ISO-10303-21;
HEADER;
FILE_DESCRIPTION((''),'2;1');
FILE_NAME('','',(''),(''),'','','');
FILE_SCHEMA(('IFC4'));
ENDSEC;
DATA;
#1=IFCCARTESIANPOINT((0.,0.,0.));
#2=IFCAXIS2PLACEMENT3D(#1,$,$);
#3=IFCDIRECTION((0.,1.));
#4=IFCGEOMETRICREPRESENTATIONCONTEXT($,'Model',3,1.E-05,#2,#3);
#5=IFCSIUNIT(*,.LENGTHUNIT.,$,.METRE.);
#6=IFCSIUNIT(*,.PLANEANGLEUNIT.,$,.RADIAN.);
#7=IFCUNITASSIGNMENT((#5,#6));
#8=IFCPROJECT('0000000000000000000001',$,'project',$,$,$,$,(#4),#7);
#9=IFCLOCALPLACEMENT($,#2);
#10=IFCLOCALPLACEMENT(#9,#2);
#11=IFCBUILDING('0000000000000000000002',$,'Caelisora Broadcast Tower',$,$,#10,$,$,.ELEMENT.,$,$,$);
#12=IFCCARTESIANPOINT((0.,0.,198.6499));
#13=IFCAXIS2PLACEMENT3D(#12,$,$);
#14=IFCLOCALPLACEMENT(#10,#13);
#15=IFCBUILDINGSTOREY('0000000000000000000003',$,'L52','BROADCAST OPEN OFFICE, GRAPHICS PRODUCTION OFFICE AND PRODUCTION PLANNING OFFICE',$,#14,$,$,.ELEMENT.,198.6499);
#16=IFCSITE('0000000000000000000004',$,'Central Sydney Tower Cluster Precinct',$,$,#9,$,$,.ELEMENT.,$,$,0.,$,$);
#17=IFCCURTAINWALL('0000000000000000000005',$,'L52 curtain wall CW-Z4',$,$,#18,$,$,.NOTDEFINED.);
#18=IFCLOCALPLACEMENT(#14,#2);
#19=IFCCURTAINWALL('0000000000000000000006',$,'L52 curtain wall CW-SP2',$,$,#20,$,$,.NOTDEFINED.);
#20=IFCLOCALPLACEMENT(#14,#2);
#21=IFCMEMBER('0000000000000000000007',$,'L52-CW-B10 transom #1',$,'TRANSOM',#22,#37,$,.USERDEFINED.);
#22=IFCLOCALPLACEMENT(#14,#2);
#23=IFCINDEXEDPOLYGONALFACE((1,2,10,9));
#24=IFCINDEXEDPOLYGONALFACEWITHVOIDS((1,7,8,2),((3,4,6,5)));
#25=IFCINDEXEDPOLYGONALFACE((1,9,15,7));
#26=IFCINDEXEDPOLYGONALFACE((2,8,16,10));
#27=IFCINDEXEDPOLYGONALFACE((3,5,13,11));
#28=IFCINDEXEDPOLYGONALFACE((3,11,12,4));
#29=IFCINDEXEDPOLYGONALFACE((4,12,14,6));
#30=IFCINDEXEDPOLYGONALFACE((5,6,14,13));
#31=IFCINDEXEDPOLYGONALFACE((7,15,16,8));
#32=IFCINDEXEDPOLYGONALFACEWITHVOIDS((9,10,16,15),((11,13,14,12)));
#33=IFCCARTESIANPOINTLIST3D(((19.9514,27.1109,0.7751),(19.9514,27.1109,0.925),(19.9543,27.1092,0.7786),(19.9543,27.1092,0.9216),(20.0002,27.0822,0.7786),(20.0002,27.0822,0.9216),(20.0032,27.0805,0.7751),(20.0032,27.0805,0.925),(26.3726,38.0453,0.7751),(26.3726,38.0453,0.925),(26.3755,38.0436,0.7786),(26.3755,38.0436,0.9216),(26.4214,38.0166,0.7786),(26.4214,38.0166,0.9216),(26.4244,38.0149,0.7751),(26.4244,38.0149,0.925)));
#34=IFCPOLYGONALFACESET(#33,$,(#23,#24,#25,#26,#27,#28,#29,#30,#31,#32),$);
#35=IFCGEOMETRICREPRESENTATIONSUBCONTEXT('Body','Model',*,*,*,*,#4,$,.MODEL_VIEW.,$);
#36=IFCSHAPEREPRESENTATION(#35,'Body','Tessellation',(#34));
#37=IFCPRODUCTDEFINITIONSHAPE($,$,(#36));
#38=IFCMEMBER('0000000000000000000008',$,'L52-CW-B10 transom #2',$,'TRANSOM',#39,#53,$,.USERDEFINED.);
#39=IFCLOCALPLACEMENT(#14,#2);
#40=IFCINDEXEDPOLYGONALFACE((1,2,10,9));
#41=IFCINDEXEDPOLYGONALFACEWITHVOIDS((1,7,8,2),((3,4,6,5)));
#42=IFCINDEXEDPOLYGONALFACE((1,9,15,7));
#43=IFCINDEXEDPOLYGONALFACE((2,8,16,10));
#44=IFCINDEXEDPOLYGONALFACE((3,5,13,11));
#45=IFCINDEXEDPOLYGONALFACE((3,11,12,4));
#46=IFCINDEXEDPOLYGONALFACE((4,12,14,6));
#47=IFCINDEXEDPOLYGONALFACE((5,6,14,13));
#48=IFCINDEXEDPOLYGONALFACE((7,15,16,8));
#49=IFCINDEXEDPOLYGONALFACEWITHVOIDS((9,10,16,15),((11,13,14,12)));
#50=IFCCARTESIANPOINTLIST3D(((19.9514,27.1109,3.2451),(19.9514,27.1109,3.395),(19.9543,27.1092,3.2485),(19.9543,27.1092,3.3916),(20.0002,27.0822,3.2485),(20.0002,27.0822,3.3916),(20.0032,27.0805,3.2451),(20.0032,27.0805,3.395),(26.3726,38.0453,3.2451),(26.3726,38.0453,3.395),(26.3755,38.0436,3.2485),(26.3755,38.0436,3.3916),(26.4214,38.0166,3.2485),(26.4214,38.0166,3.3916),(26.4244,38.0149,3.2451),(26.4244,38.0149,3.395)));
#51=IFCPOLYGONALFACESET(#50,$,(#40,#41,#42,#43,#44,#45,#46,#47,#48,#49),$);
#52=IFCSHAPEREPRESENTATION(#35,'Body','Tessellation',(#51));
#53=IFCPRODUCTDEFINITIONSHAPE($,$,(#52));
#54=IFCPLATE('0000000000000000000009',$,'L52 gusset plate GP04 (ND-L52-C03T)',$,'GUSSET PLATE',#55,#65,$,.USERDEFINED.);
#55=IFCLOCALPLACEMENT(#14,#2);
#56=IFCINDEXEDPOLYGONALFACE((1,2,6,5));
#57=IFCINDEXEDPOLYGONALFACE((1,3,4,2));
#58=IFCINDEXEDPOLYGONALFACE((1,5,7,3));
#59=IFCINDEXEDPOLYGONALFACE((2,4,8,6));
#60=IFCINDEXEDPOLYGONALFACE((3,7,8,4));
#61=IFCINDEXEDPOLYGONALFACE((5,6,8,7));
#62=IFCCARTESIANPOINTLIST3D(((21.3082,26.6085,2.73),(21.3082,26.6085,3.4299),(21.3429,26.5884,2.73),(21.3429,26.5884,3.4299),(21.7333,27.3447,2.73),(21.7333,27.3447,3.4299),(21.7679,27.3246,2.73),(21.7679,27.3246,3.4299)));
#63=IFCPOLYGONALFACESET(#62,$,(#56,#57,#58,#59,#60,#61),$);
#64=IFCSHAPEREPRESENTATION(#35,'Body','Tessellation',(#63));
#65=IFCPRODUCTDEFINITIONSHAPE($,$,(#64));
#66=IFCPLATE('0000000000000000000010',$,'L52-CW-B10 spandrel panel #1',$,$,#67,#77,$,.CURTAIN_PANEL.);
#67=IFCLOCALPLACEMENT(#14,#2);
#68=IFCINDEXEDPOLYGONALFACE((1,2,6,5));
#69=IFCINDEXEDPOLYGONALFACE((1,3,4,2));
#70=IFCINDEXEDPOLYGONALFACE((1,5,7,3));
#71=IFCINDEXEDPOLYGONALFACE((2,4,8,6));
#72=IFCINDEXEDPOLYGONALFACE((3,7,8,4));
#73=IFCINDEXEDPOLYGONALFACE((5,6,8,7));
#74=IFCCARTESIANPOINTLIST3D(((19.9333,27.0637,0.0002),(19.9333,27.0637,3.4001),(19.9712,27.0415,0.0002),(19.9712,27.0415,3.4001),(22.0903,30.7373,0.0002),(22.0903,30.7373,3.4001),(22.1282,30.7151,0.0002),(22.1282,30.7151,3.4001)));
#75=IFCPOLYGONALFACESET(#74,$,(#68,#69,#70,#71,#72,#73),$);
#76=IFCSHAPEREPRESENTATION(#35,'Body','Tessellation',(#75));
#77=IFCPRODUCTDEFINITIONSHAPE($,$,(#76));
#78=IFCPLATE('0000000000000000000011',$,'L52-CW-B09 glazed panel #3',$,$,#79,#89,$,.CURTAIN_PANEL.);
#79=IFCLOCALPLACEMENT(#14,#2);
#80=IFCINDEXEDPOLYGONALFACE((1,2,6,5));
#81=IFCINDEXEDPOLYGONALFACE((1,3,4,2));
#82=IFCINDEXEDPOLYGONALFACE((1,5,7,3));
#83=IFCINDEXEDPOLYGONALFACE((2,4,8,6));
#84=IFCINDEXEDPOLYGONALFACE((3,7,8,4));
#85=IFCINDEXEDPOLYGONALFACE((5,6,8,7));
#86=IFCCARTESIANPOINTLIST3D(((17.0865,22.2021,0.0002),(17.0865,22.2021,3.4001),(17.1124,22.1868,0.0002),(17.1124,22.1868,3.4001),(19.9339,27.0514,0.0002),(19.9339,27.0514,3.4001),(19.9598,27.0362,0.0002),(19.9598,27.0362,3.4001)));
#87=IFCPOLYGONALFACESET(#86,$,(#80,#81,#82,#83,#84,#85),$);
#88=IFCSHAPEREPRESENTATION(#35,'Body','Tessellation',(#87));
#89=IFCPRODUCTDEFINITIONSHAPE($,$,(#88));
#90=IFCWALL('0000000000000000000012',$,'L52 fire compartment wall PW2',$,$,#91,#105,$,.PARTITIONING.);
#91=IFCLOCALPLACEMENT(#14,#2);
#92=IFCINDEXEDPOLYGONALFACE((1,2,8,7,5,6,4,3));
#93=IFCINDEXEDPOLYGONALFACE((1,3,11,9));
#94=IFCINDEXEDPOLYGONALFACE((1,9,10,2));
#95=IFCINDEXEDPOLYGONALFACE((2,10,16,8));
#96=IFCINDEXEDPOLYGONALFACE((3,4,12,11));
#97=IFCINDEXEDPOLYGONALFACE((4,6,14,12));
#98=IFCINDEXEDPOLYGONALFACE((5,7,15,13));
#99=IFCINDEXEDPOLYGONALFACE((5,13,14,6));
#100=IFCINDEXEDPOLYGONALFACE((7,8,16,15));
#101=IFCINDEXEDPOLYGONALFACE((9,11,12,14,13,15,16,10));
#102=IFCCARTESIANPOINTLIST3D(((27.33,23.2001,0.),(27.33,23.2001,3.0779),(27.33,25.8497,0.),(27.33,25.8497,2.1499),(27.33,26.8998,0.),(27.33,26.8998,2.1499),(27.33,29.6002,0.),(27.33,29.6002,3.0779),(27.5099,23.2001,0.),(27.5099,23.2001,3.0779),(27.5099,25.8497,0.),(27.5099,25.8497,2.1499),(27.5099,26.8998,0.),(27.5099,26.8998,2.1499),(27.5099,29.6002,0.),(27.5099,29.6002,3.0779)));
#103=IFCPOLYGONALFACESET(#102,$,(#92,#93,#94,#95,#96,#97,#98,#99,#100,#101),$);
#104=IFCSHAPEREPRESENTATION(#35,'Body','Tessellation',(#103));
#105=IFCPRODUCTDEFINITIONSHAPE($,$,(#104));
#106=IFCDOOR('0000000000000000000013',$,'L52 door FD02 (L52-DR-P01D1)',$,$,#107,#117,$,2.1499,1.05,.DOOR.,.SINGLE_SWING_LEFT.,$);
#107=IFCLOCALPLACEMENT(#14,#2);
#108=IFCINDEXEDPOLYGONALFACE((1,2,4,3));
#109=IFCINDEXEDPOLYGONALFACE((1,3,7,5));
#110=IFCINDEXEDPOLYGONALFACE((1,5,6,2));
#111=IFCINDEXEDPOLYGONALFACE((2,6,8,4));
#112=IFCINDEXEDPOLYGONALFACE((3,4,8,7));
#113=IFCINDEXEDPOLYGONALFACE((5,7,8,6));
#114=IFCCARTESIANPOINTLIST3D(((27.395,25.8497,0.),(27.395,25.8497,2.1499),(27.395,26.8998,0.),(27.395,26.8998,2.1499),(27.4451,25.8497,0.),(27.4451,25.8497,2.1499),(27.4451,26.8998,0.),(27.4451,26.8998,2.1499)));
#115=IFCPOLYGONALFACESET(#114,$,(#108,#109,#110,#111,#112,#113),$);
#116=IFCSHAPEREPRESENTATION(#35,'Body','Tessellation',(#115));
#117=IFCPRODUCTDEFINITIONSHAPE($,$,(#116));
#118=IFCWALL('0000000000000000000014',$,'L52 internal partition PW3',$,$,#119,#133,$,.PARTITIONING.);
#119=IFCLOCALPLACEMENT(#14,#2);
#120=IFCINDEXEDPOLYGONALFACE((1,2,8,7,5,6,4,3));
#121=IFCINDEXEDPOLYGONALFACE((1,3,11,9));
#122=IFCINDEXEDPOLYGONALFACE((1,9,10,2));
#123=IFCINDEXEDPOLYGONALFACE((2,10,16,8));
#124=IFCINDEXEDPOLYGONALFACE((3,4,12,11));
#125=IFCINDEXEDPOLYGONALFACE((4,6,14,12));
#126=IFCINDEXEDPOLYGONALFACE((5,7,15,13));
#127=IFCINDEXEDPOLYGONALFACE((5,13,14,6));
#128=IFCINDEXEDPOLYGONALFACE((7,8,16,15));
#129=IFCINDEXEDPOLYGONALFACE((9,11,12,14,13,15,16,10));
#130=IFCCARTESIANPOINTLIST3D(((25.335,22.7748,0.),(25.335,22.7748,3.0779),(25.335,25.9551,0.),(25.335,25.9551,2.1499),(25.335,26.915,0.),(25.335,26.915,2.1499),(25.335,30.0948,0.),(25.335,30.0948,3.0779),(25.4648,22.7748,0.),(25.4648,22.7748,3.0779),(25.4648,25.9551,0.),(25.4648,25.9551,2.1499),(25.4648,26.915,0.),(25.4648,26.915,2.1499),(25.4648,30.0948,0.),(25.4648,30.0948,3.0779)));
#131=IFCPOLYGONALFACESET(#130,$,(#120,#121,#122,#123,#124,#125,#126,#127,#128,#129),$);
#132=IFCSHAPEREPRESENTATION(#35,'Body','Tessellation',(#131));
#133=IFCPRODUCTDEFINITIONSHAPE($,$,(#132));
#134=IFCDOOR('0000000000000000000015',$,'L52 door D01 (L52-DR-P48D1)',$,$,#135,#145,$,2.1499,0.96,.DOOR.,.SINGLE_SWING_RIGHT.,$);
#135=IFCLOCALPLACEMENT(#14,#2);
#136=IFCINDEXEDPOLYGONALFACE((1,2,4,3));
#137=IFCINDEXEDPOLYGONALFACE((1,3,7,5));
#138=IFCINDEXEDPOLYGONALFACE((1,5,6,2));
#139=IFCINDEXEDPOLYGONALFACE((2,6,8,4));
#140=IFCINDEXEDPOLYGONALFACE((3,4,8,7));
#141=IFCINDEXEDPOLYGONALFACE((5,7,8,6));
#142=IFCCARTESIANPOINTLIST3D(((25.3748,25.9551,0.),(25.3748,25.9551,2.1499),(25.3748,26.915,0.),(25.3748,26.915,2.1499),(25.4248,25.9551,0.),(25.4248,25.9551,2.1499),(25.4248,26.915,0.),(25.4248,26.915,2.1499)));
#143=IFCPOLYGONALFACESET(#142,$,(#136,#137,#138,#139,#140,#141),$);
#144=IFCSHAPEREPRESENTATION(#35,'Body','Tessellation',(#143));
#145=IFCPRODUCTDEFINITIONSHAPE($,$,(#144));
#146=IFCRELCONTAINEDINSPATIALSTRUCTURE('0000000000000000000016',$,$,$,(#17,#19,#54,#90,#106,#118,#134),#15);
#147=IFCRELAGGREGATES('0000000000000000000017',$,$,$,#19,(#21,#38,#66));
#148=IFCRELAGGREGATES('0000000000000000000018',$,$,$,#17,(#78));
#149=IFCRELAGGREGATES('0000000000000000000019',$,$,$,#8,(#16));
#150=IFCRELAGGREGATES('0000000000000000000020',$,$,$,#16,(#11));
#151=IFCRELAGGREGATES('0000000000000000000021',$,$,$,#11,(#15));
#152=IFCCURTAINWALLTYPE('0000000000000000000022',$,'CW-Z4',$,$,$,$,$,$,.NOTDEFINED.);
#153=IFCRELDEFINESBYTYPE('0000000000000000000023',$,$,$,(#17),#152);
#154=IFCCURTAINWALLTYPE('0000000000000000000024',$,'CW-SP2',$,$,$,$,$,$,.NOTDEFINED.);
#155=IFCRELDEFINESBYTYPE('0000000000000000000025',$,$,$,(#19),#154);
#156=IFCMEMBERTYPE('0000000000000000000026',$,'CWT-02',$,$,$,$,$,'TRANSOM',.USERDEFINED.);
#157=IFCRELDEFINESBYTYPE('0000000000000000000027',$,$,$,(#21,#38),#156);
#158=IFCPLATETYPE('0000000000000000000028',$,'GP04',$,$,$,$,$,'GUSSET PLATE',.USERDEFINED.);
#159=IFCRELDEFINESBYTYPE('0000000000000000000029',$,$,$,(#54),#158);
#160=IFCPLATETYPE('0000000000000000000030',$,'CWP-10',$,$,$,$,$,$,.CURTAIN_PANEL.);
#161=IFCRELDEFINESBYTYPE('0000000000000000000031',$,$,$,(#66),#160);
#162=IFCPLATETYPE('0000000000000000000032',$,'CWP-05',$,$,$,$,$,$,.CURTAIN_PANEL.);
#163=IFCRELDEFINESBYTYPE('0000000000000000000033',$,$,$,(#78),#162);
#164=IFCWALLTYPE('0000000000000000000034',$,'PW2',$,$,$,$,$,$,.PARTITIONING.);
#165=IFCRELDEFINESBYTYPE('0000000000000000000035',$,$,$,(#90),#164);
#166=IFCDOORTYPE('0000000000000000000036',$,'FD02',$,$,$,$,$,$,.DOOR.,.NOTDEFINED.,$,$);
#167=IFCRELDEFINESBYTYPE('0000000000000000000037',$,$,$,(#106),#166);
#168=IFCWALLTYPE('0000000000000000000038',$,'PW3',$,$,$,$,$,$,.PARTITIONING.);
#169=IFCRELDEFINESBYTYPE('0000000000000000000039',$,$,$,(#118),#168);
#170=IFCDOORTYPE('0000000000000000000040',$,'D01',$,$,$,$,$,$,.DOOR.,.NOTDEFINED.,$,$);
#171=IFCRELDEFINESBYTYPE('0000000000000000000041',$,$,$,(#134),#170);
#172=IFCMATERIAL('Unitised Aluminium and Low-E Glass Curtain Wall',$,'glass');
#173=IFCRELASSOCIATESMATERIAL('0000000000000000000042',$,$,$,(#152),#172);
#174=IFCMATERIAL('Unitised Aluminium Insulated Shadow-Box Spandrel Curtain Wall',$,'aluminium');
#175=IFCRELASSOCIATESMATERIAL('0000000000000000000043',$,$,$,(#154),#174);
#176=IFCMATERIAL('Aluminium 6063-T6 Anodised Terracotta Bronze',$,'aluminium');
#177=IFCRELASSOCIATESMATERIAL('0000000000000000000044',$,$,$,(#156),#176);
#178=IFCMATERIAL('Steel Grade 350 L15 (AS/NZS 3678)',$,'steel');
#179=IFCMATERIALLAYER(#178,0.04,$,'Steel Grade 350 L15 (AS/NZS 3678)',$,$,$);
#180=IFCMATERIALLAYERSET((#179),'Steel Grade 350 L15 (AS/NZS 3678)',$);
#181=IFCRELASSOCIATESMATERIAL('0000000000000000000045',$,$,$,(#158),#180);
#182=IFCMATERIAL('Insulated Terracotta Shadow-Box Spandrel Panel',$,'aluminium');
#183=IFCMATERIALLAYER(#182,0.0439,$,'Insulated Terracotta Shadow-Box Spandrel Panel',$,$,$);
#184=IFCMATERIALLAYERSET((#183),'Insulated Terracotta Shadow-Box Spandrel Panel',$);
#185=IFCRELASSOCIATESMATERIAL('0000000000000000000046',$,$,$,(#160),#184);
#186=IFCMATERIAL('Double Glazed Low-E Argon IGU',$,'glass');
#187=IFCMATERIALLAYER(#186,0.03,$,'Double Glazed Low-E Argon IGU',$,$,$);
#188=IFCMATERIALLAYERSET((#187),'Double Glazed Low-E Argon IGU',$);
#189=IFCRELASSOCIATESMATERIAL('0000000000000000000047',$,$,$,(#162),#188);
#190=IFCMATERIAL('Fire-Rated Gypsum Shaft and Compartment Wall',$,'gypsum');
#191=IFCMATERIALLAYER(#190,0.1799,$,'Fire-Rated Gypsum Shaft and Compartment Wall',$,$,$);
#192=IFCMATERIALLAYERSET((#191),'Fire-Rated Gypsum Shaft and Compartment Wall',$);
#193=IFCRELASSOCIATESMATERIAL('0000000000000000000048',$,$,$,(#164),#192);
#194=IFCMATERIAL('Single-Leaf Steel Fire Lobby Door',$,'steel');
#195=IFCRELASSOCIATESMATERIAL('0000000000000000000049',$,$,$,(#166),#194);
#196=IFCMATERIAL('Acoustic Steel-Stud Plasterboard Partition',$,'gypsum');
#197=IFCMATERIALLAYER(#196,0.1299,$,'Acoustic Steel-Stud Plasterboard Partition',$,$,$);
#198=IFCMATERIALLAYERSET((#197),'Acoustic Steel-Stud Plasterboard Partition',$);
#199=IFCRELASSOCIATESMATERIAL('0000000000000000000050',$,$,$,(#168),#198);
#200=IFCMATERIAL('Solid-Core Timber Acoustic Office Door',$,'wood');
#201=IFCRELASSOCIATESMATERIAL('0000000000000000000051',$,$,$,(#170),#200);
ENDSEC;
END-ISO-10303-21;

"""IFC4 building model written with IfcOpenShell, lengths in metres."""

from ifc_helpers import new_model, si_unit, direction, frame, frame_2d, origin, origin_2d, place, context, subcontext, project, spatial, rectangle, hollow_rectangle, extrude, source, transform, mapped, material, layer, layer_set, material_profile, profile_set, type_object, type_shapes, element, fill, aggregate, save


model = new_model("IFC4")

# Units and contexts
model_context = context("Model", 3, precision=1e-05, world=origin(), true_north=direction((0.0, 1.0)))
body_context = subcontext(model_context, "Body", "Model", "MODEL_VIEW")
ifc_project = project(units=[si_unit("LENGTHUNIT", "METRE"), si_unit("PLANEANGLEUNIT", "RADIAN")], contexts=[model_context])

# Site, building, storey
site_placement = place(None, origin())
site = spatial("IfcSite", under=ifc_project, at=site_placement, Name="Central Sydney Tower Cluster Precinct", CompositionType="ELEMENT", RefElevation=0.0)
building_placement = place(site_placement, origin())
building = spatial("IfcBuilding", under=site, at=building_placement, Name="Caelisora Broadcast Tower", CompositionType="ELEMENT")
storey_placement = place(building_placement, frame((0.0, 0.0, 198.6499)))
storey = spatial("IfcBuildingStorey", under=building, at=storey_placement, Name="L52", Description="BROADCAST OPEN OFFICE, GRAPHICS PRODUCTION OFFICE AND PRODUCTION PLANNING OFFICE", CompositionType="ELEMENT", Elevation=198.6499)

# Shared definitions
ifc_material_1 = material(Name="Steel Grade 350 L15 (AS/NZS 3678)", Category="steel")

# Curtain wall
ifc_material_2 = material(Name="Unitised Aluminium and Low-E Glass Curtain Wall", Category="glass")
curtain_wall_type_1 = type_object("IfcCurtainWallType", Name="CW-Z4", PredefinedType="NOTDEFINED", material=ifc_material_2)
curtain_wall_1_placement = place(storey_placement, origin())
curtain_wall_1 = element("IfcCurtainWall", 1, at=curtain_wall_1_placement, inside=storey, type_object=curtain_wall_type_1, Name="L52 curtain wall CW-Z4", PredefinedType="NOTDEFINED")
ifc_material_3 = material(Name="Aluminium 6063-T6 Anodised Terracotta Bronze", Category="aluminium")

# Curtain wall, members
ifc_material_4 = material(Name="Unitised Aluminium Insulated Shadow-Box Spandrel Curtain Wall", Category="aluminium")
curtain_wall_type_2 = type_object("IfcCurtainWallType", Name="CW-SP2", PredefinedType="NOTDEFINED", material=ifc_material_4)
curtain_wall_2_placement = place(storey_placement, origin())
curtain_wall_2 = element("IfcCurtainWall", 2, at=curtain_wall_2_placement, inside=storey, type_object=curtain_wall_type_2, Name="L52 curtain wall CW-SP2", PredefinedType="NOTDEFINED")
ifc_material_profile_1 = material_profile(ifc_material_3, hollow_rectangle(XDim=0.0601, YDim=0.1499, WallThickness=0.0034, at=origin_2d()), Name="Aluminium 6063-T6 Anodised Terracotta Bronze")
ifc_profile_set_1 = profile_set([ifc_material_profile_1], Name="Aluminium 6063-T6 Anodised Terracotta Bronze")
member_type_1 = type_object("IfcMemberType", Name="CWT-02", ElementType="TRANSOM", PredefinedType="USERDEFINED", material=ifc_profile_set_1)
shared_shape_1 = source(origin(), body_context, "Body", "SweptSolid", [
    extrude(hollow_rectangle(XDim=0.0601, YDim=0.1499, WallThickness=0.0034, at=origin_2d()), origin(), (0.0, 0.0, 1.0), 12.6804),
])
type_shapes(member_type_1, [shared_shape_1])
member_1_placement = place(storey_placement, frame((19.9773, 27.0957, 0.8501), z_axis=(0.506386, 0.862307, 0.0), x_axis=(-0.862307, 0.506386, 0.0)))
member_1 = element("IfcMember", 3, at=member_1_placement, type_object=member_type_1, Name="L52-CW-B10 transom #1", ObjectType="TRANSOM", PredefinedType="USERDEFINED", context=body_context, shape_type="MappedRepresentation", body=[
    mapped(shared_shape_1, transform((0.0, 0.0, 0.0), scale=1.0)),
])
member_2_placement = place(storey_placement, frame((19.9773, 27.0957, 3.3201), z_axis=(0.506386, 0.862307, 0.0), x_axis=(-0.862307, 0.506386, 0.0)))
member_2 = element("IfcMember", 4, at=member_2_placement, type_object=member_type_1, Name="L52-CW-B10 transom #2", ObjectType="TRANSOM", PredefinedType="USERDEFINED", context=body_context, shape_type="MappedRepresentation", body=[
    mapped(shared_shape_1, transform((0.0, 0.0, 0.0), scale=1.0)),
])

# Plates
ifc_layer_1 = layer(ifc_material_1, 0.04, Name="Steel Grade 350 L15 (AS/NZS 3678)")
ifc_layer_set_1 = layer_set([ifc_layer_1], Name="Steel Grade 350 L15 (AS/NZS 3678)")
plate_type_1 = type_object("IfcPlateType", Name="GP04", ElementType="GUSSET PLATE", PredefinedType="USERDEFINED", material=ifc_layer_set_1)
shared_shape_2 = source(origin(), body_context, "Body", "SweptSolid", [
    extrude(rectangle(XDim=0.8501, YDim=0.04, at=origin_2d()), origin(), (0.0, 0.0, 1.0), 0.7),
])
type_shapes(plate_type_1, [shared_shape_2])
plate_1_placement = place(storey_placement, frame((21.5381, 26.9666, 2.73), z_axis=(0.0, 0.0, 1.0), x_axis=(-0.5, -0.866025, 0.0)))
element("IfcPlate", 5, at=plate_1_placement, inside=storey, type_object=plate_type_1, Name="L52 gusset plate GP04 (ND-L52-C03T)", ObjectType="GUSSET PLATE", PredefinedType="USERDEFINED", context=body_context, shape_type="MappedRepresentation", body=[
    mapped(shared_shape_2, transform((0.0, 0.0, 0.0), scale=1.0)),
])
ifc_material_5 = material(Name="Insulated Terracotta Shadow-Box Spandrel Panel", Category="aluminium")
ifc_layer_2 = layer(ifc_material_5, 0.0439, Name="Insulated Terracotta Shadow-Box Spandrel Panel")
ifc_layer_set_2 = layer_set([ifc_layer_2], Name="Insulated Terracotta Shadow-Box Spandrel Panel")
plate_type_2 = type_object("IfcPlateType", Name="CWP-10", PredefinedType="CURTAIN_PANEL", material=ifc_layer_set_2)
shared_shape_3 = source(origin(), body_context, "Body", "SweptSolid", [
    extrude(rectangle(XDim=4.26, YDim=0.0439, at=origin_2d()), origin(), (0.0, 0.0, 1.0), 3.3999),
])
type_shapes(plate_type_2, [shared_shape_3])
plate_2_placement = place(storey_placement, frame((21.0308, 28.8894, 0.0002), z_axis=(0.0, 0.0, 1.0), x_axis=(0.506335, 0.862337, 0.0)))
plate_2 = element("IfcPlate", 6, at=plate_2_placement, type_object=plate_type_2, Name="L52-CW-B10 spandrel panel #1", PredefinedType="CURTAIN_PANEL", context=body_context, shape_type="MappedRepresentation", body=[
    mapped(shared_shape_3, transform((0.0, 0.0, 0.0), scale=1.0)),
])
aggregate(curtain_wall_2, [member_1, member_2, plate_2])
ifc_material_6 = material(Name="Double Glazed Low-E Argon IGU", Category="glass")
ifc_layer_3 = layer(ifc_material_6, 0.03, Name="Double Glazed Low-E Argon IGU")
ifc_layer_set_3 = layer_set([ifc_layer_3], Name="Double Glazed Low-E Argon IGU")
plate_type_3 = type_object("IfcPlateType", Name="CWP-05", PredefinedType="CURTAIN_PANEL", material=ifc_layer_set_3)
shared_shape_4 = source(origin(), body_context, "Body", "SweptSolid", [
    extrude(rectangle(XDim=5.6235, YDim=0.03, at=origin_2d()), origin(), (0.0, 0.0, 1.0), 3.3999),
])
type_shapes(plate_type_3, [shared_shape_4])
plate_3_placement = place(storey_placement, frame((18.5232, 24.6191, 0.0002), z_axis=(0.0, 0.0, 1.0), x_axis=(0.506335, 0.862337, 0.0)))
plate_3 = element("IfcPlate", 7, at=plate_3_placement, type_object=plate_type_3, Name="L52-CW-B09 glazed panel #3", PredefinedType="CURTAIN_PANEL", context=body_context, shape_type="MappedRepresentation", body=[
    mapped(shared_shape_4, transform((0.0, 0.0, 0.0), scale=1.0)),
])
aggregate(curtain_wall_1, [plate_3])

# Walls, openings, doors
ifc_material_7 = material(Name="Fire-Rated Gypsum Shaft and Compartment Wall", Category="gypsum")
ifc_layer_4 = layer(ifc_material_7, 0.1799, Name="Fire-Rated Gypsum Shaft and Compartment Wall")
ifc_layer_set_4 = layer_set([ifc_layer_4], Name="Fire-Rated Gypsum Shaft and Compartment Wall")
wall_type_1 = type_object("IfcWallType", Name="PW2", PredefinedType="PARTITIONING", material=ifc_layer_set_4)
wall_1_placement = place(storey_placement, frame((27.4199, 23.2, 0.0), z_axis=(0.0, 0.0, 1.0), x_axis=(0.0, 1.0, 0.0)))
wall_1 = element("IfcWall", 8, at=wall_1_placement, inside=storey, type_object=wall_type_1, Name="L52 fire compartment wall PW2", PredefinedType="PARTITIONING", context=body_context, shape_type="SweptSolid", body=[
    extrude(rectangle(XDim=6.4001, YDim=0.1799, at=frame_2d((3.2002, 0.0))), origin(), (0.0, 0.0, 1.0), 3.0779),
])
opening_1_placement = place(wall_1_placement, frame((2.6499, 0.0, 0.0)))
opening_1 = element("IfcOpeningElement", 9, at=opening_1_placement, cuts=wall_1, PredefinedType="OPENING", context=body_context, shape_type="SweptSolid", body=[
    extrude(rectangle(XDim=1.05, YDim=2.1499, at=frame_2d((0.5249, 1.075))), frame((0.0, 0.1021, 0.0), z_axis=(0.0, -1.0, 0.0), x_axis=(1.0, 0.0, 0.0)), (0.0, 0.0, 1.0), 0.2039),
])
ifc_material_8 = material(Name="Single-Leaf Steel Fire Lobby Door", Category="steel")
door_type_1 = type_object("IfcDoorType", Name="FD02", OperationType="NOTDEFINED", PredefinedType="DOOR", material=ifc_material_8)
door_1_placement = place(opening_1_placement, origin())
door_1 = element("IfcDoor", 10, at=door_1_placement, inside=storey, type_object=door_type_1, Name="L52 door FD02 (L52-DR-P01D1)", OperationType="SINGLE_SWING_LEFT", OverallHeight=2.1499, OverallWidth=1.05, PredefinedType="DOOR", context=body_context, shape_type="SweptSolid", body=[
    extrude(rectangle(XDim=1.05, YDim=2.1499, at=frame_2d((0.5249, 1.075))), frame((0.0, 0.0249, 0.0), z_axis=(0.0, -1.0, 0.0), x_axis=(1.0, 0.0, 0.0)), (0.0, 0.0, 1.0), 0.05),
])
fill(opening_1, door_1)
ifc_material_9 = material(Name="Acoustic Steel-Stud Plasterboard Partition", Category="gypsum")
ifc_layer_5 = layer(ifc_material_9, 0.1299, Name="Acoustic Steel-Stud Plasterboard Partition")
ifc_layer_set_5 = layer_set([ifc_layer_5], Name="Acoustic Steel-Stud Plasterboard Partition")
wall_type_2 = type_object("IfcWallType", Name="PW3", PredefinedType="PARTITIONING", material=ifc_layer_set_5)
wall_2_placement = place(storey_placement, frame((25.3999, 30.095, 0.0), z_axis=(0.0, 0.0, 1.0), x_axis=(0.0, -1.0, 0.0)))
wall_2 = element("IfcWall", 11, at=wall_2_placement, inside=storey, type_object=wall_type_2, Name="L52 internal partition PW3", PredefinedType="PARTITIONING", context=body_context, shape_type="SweptSolid", body=[
    extrude(rectangle(XDim=7.3201, YDim=0.1299, at=frame_2d((3.6602, 0.0))), origin(), (0.0, 0.0, 1.0), 3.0779),
])
opening_2_placement = place(wall_2_placement, frame((3.1799, 0.0, 0.0)))
opening_2 = element("IfcOpeningElement", 12, at=opening_2_placement, cuts=wall_2, PredefinedType="OPENING", context=body_context, shape_type="SweptSolid", body=[
    extrude(rectangle(XDim=0.96, YDim=2.1499, at=frame_2d((0.48, 1.075))), frame((0.0, 0.0769, 0.0), z_axis=(0.0, -1.0, 0.0), x_axis=(1.0, 0.0, 0.0)), (0.0, 0.0, 1.0), 0.1538),
])
ifc_material_10 = material(Name="Solid-Core Timber Acoustic Office Door", Category="wood")
door_type_2 = type_object("IfcDoorType", Name="D01", OperationType="NOTDEFINED", PredefinedType="DOOR", material=ifc_material_10)
door_2_placement = place(opening_2_placement, origin())
door_2 = element("IfcDoor", 13, at=door_2_placement, inside=storey, type_object=door_type_2, Name="L52 door D01 (L52-DR-P48D1)", OperationType="SINGLE_SWING_RIGHT", OverallHeight=2.1499, OverallWidth=0.96, PredefinedType="DOOR", context=body_context, shape_type="SweptSolid", body=[
    extrude(rectangle(XDim=0.96, YDim=2.1499, at=frame_2d((0.48, 1.075))), frame((0.0, 0.0249, 0.0), z_axis=(0.0, -1.0, 0.0), x_axis=(1.0, 0.0, 0.0)), (0.0, 0.0, 1.0), 0.05),
])
fill(opening_2, door_2)

save(model, "model.ifc")
